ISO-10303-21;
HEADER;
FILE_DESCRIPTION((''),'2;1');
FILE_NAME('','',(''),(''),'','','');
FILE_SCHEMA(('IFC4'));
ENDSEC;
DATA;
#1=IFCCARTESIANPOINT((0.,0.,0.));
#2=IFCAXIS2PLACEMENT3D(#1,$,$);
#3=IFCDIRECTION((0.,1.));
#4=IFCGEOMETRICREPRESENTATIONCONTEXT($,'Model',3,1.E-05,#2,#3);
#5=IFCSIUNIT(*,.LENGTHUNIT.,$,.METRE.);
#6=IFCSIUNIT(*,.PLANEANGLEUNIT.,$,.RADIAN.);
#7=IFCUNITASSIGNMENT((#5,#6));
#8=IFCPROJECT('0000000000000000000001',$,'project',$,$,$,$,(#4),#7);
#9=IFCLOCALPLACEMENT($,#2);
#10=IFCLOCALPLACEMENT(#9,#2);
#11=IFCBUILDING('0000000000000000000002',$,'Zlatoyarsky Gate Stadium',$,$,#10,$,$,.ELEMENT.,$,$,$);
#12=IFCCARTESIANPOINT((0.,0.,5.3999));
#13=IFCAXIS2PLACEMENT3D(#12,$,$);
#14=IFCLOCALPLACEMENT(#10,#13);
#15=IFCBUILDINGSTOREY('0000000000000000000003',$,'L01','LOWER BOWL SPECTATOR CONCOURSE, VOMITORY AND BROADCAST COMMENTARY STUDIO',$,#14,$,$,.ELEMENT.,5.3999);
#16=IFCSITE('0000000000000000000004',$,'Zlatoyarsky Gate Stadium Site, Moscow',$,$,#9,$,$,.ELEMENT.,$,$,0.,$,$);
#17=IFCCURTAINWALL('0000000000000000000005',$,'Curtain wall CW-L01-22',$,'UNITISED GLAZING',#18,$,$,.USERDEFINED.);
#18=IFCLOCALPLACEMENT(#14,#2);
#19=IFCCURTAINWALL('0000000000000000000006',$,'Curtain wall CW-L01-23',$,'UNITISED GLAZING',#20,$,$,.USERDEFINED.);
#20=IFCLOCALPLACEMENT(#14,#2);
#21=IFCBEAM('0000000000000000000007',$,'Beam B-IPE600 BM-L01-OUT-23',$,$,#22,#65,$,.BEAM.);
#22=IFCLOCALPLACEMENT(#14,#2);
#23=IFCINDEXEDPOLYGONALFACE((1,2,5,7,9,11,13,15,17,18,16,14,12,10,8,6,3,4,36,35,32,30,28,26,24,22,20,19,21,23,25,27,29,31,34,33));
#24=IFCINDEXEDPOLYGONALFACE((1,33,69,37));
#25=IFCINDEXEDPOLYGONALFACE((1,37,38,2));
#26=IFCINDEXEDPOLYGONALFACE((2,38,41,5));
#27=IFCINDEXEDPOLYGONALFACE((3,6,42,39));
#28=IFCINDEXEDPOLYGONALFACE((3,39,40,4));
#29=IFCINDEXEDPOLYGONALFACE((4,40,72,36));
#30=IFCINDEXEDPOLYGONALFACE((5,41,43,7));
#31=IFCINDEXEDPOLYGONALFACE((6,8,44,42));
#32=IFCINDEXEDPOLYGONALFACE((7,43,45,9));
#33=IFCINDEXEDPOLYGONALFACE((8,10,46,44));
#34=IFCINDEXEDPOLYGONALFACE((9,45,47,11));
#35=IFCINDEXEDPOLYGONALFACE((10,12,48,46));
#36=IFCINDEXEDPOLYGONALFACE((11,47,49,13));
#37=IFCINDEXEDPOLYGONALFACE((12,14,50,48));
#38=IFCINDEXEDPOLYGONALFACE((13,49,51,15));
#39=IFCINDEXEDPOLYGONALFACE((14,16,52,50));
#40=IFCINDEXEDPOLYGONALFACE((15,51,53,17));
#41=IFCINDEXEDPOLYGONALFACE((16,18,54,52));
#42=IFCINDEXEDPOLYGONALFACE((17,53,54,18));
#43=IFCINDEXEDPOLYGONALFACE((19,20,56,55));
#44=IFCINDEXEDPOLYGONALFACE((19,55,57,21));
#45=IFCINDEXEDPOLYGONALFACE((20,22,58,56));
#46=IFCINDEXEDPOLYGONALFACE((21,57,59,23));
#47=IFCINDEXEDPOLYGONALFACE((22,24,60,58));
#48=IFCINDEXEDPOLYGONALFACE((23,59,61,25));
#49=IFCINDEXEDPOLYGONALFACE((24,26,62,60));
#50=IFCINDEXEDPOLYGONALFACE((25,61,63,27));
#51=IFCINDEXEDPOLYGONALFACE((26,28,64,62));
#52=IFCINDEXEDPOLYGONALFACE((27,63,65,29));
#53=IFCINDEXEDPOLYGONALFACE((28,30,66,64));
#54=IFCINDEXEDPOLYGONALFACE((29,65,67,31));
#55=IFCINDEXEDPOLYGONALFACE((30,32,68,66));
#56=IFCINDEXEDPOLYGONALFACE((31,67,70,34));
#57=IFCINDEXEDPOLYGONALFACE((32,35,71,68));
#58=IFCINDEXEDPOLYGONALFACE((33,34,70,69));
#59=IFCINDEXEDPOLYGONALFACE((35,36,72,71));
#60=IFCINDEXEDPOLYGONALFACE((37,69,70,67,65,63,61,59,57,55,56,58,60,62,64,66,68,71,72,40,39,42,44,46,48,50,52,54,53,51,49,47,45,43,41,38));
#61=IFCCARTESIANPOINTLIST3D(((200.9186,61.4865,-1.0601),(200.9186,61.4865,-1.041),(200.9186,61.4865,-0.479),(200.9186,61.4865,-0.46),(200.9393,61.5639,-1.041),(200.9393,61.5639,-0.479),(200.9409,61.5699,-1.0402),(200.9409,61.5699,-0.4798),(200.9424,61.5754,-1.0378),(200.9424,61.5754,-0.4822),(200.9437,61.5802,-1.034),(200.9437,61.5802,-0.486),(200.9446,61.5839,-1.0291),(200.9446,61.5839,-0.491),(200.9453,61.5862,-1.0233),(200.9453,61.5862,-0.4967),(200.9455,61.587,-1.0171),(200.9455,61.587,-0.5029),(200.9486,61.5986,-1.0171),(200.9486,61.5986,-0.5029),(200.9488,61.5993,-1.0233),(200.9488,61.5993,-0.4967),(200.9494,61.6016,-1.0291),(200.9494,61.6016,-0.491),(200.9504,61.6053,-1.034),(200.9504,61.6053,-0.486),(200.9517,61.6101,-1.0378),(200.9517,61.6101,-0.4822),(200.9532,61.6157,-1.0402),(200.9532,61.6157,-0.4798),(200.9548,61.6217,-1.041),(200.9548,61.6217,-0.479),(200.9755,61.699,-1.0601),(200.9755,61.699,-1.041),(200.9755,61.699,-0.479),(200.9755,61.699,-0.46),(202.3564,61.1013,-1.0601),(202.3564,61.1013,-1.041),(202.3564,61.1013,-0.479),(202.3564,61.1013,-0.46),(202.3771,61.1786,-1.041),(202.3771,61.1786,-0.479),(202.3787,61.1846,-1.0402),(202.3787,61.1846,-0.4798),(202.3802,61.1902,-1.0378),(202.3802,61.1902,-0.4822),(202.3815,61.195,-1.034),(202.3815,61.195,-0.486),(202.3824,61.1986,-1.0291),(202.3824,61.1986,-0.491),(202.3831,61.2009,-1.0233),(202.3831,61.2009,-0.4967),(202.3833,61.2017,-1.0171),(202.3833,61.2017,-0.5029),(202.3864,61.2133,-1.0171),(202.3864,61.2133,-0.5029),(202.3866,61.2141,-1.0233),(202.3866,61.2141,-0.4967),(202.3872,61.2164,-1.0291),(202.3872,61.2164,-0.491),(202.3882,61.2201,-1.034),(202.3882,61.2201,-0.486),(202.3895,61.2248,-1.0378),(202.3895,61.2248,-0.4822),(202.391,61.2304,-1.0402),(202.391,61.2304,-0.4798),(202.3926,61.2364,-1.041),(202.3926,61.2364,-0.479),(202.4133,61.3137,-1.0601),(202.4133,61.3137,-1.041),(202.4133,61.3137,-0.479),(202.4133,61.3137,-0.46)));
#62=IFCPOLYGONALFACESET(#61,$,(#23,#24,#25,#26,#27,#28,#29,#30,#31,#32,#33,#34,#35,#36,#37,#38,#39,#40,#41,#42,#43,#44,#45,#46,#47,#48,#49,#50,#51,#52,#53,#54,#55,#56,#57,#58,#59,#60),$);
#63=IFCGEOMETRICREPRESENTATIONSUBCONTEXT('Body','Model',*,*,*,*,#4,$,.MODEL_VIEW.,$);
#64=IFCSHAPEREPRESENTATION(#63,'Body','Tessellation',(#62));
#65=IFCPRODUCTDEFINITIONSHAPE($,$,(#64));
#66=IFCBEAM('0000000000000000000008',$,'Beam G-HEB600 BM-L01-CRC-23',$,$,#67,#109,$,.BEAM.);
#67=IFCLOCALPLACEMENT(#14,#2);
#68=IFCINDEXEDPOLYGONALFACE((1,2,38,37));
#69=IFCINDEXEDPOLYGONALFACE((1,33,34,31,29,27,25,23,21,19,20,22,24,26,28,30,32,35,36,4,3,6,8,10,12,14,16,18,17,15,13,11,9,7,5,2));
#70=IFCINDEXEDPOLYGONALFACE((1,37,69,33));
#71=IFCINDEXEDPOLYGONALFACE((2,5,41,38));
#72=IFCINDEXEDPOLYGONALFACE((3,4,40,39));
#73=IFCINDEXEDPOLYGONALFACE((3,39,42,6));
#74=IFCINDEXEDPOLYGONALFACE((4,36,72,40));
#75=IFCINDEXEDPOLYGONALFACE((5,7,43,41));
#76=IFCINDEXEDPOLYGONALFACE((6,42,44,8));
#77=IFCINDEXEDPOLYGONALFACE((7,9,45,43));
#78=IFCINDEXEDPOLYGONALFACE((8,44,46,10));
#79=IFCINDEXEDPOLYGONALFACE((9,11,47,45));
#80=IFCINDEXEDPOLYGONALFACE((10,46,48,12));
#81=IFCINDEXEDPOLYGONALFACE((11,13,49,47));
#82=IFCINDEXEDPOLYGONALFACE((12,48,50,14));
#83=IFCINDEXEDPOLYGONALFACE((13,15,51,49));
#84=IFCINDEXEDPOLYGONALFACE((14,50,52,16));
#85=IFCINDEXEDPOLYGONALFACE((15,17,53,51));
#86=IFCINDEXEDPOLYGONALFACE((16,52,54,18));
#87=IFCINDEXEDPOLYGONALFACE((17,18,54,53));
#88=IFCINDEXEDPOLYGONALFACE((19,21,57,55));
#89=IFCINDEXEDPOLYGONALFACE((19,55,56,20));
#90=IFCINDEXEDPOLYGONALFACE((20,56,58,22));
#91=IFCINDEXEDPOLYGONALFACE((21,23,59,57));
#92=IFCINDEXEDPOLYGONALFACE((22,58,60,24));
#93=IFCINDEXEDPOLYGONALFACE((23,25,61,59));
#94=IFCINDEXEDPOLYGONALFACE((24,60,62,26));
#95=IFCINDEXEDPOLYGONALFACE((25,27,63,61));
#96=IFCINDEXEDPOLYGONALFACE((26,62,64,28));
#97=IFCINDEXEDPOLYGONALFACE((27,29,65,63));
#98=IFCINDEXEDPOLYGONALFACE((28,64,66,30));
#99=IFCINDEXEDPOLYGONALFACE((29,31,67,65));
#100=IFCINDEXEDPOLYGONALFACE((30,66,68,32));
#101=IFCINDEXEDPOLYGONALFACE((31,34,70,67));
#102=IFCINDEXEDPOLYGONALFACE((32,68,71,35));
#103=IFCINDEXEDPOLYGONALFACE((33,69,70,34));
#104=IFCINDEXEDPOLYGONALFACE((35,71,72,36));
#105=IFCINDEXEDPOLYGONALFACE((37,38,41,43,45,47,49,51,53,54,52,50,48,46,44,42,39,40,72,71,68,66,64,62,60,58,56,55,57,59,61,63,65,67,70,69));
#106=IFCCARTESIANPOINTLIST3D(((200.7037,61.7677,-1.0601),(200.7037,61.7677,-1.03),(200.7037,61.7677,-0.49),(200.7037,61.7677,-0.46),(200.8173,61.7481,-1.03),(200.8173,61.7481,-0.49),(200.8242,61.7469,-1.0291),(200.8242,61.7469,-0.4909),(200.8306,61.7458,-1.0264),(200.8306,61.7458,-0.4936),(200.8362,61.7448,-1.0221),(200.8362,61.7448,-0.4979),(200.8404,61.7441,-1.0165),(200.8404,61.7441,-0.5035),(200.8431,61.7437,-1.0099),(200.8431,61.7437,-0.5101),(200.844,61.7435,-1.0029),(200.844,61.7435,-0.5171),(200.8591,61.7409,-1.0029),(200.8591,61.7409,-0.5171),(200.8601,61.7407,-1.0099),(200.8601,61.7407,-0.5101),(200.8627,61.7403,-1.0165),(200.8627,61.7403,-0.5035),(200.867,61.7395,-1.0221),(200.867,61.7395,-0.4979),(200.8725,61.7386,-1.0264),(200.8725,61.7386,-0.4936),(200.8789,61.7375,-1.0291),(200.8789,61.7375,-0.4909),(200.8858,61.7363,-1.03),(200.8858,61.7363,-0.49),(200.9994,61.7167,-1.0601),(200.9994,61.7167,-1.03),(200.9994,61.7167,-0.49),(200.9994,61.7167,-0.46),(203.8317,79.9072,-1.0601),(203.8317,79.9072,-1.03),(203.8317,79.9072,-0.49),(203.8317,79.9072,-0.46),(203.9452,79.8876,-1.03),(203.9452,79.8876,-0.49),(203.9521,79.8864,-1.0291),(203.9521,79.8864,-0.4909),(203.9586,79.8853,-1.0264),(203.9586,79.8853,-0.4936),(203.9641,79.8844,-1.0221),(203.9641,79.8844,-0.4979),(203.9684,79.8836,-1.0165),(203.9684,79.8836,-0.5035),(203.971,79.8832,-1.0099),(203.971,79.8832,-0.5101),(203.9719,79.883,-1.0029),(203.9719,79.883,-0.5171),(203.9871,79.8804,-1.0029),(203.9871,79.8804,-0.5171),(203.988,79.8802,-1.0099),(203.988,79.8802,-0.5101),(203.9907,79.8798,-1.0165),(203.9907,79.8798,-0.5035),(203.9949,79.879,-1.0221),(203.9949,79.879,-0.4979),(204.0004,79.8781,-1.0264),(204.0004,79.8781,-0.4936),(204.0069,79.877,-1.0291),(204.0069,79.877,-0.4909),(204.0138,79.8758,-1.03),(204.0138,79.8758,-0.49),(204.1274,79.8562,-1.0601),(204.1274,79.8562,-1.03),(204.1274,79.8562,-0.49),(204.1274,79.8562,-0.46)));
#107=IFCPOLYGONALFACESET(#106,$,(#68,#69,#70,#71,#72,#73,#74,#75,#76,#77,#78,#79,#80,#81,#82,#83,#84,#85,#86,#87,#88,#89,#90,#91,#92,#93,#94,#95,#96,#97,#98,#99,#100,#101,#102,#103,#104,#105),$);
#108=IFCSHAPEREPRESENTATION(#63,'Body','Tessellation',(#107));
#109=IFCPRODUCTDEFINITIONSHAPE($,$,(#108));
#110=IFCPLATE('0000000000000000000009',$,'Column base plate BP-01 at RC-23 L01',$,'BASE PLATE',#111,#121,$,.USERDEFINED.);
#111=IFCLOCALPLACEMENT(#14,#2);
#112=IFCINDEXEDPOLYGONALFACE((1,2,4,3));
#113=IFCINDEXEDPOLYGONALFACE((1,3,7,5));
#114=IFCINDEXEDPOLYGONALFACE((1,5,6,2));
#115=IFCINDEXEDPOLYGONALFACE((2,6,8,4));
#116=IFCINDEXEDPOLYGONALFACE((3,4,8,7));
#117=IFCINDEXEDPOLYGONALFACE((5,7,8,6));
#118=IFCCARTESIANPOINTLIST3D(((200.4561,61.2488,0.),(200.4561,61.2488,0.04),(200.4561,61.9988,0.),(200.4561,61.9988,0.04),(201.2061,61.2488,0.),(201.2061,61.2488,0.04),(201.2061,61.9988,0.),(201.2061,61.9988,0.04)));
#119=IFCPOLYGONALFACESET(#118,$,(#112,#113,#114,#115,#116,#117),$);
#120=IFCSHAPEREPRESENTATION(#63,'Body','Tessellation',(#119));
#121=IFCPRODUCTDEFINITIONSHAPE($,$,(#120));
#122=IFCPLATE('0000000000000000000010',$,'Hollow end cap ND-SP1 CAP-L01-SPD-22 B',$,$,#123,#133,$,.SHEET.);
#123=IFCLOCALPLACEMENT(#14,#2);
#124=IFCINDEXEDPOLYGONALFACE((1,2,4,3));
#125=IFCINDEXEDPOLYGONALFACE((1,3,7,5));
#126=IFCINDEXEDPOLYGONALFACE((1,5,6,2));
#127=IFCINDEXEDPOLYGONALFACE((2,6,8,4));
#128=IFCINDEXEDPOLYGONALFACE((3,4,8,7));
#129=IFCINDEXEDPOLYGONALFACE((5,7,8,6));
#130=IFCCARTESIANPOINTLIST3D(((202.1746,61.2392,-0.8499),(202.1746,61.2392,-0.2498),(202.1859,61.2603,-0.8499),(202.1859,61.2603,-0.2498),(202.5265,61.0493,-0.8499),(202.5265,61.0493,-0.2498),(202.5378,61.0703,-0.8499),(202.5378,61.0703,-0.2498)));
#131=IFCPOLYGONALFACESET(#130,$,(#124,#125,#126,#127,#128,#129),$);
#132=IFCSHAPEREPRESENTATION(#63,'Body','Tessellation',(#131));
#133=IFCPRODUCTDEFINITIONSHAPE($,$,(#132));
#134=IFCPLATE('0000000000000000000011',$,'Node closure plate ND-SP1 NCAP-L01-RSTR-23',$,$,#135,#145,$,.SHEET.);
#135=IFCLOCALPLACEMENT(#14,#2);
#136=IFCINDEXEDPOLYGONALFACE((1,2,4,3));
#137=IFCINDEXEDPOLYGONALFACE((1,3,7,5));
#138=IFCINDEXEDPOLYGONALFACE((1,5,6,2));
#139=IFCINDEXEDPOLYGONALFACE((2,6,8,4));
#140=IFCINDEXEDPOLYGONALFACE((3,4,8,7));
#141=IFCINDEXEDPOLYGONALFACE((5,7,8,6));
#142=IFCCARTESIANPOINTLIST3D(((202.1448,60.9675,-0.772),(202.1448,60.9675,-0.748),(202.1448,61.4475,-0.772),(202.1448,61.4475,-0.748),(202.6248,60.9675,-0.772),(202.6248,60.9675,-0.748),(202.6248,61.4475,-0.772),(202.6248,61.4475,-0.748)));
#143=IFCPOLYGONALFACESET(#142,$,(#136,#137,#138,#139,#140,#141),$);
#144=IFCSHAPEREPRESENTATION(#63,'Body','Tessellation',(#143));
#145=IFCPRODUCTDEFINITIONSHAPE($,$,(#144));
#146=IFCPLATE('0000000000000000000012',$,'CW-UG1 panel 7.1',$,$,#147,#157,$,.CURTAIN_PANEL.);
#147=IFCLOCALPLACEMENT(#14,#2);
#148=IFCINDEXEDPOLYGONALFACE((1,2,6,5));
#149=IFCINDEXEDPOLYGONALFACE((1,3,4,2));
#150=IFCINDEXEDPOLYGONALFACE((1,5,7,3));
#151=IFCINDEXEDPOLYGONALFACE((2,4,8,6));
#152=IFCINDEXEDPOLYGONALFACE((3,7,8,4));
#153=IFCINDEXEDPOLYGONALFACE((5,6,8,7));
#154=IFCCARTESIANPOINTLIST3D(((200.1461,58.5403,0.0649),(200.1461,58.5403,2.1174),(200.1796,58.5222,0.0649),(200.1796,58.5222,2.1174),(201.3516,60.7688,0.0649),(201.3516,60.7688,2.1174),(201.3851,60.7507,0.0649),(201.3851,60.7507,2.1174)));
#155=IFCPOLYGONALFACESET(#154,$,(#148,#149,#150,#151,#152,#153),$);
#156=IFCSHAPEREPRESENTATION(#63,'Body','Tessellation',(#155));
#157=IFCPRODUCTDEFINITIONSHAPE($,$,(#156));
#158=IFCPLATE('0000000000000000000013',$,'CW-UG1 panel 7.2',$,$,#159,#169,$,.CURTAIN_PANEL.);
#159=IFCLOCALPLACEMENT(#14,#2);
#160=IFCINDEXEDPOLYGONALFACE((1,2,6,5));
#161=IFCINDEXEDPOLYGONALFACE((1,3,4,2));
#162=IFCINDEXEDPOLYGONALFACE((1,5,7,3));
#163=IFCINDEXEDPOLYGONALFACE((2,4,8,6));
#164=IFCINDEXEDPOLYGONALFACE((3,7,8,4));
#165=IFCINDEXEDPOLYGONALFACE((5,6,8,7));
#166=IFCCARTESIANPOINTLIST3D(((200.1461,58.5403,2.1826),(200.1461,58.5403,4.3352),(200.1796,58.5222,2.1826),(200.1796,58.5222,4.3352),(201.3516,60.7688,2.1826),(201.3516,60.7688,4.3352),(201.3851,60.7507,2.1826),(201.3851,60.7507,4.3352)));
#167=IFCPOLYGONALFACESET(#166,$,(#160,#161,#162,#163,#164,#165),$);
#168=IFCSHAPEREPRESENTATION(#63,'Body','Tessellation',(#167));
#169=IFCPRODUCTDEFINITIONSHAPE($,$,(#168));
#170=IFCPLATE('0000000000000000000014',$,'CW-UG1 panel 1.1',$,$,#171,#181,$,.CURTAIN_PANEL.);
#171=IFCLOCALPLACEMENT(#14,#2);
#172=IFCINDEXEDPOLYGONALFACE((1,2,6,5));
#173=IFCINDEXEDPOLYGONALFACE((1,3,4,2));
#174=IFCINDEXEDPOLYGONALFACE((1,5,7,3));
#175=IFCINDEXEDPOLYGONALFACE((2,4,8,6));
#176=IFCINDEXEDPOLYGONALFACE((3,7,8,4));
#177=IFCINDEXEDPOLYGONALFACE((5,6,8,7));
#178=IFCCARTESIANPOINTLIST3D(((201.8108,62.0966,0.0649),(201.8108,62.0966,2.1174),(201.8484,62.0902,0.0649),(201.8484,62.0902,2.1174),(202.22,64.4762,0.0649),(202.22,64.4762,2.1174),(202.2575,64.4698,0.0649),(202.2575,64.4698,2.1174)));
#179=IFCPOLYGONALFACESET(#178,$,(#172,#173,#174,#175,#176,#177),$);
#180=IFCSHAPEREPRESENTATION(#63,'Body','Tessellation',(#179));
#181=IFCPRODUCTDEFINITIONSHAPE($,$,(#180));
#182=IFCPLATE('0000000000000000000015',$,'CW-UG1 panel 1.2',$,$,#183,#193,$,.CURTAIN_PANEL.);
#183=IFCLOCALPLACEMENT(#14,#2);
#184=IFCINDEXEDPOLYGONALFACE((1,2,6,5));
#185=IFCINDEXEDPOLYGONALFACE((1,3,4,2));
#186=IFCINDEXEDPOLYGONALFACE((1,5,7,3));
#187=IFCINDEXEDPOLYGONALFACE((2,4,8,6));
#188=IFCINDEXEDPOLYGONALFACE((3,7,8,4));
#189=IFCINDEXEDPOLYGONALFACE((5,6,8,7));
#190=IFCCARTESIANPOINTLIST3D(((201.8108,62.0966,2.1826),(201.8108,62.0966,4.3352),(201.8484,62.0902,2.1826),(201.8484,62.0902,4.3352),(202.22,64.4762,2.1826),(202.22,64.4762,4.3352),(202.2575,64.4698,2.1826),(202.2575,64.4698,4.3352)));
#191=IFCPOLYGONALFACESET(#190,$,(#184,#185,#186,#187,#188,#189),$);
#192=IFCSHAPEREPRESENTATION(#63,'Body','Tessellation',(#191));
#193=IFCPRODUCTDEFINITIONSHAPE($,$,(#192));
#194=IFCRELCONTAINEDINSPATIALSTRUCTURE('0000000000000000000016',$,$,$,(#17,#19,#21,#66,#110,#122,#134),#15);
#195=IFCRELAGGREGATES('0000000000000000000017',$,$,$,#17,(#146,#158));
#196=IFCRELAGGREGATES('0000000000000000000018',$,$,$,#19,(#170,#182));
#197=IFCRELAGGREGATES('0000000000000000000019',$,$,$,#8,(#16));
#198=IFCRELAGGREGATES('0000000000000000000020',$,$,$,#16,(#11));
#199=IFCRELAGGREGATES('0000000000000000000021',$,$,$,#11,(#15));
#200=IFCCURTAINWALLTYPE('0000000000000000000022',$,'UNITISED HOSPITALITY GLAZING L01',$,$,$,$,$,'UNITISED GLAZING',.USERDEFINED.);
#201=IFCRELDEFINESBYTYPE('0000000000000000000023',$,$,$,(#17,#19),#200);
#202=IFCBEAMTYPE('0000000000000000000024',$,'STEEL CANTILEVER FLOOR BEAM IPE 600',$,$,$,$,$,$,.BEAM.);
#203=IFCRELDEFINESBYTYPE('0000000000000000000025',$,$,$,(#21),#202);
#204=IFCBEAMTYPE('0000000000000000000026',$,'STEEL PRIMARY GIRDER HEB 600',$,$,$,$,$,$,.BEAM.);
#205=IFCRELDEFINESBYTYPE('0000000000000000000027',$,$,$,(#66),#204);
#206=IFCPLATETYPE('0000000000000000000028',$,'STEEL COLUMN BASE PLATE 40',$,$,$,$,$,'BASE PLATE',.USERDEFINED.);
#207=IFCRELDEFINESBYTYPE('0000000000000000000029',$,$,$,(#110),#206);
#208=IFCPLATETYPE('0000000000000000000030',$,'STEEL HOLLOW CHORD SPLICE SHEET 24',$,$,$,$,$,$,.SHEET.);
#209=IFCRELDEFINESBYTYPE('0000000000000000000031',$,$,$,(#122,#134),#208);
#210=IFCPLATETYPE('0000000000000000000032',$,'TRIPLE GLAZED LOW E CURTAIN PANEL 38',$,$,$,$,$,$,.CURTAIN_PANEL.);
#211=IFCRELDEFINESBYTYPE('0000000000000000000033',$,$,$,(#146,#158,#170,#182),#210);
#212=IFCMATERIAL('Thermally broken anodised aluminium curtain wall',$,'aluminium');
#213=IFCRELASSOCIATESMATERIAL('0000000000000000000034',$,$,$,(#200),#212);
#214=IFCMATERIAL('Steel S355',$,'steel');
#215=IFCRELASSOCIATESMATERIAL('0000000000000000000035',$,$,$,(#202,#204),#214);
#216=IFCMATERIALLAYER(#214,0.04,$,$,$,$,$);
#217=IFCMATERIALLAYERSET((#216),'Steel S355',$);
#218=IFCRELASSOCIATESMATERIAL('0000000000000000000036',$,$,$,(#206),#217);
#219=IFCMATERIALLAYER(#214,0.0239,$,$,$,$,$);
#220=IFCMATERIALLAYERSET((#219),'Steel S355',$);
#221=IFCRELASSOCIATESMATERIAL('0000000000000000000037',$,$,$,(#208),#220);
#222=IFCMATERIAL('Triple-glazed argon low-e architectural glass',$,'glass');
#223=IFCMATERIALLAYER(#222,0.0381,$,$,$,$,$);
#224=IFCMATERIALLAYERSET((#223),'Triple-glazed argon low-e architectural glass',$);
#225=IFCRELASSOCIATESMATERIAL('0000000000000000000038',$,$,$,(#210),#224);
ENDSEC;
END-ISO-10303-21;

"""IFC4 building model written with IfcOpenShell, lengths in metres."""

from ifc_helpers import new_model, si_unit, direction, frame, origin, origin_2d, place, context, subcontext, project, spatial, rectangle, i_section, extrude, material, layer, layer_set, material_profile, profile_set, type_object, element, aggregate, save


model = new_model("IFC4")

# Units and contexts
model_context = context("Model", 3, precision=1e-05, world=origin(), true_north=direction((0.0, 1.0)))
body_context = subcontext(model_context, "Body", "Model", "MODEL_VIEW")
ifc_project = project(units=[si_unit("LENGTHUNIT", "METRE"), si_unit("PLANEANGLEUNIT", "RADIAN")], contexts=[model_context])

# Site, building, storey
site_placement = place(None, origin())
site = spatial("IfcSite", under=ifc_project, at=site_placement, Name="Zlatoyarsky Gate Stadium Site, Moscow", CompositionType="ELEMENT", RefElevation=0.0)
building_placement = place(site_placement, origin())
building = spatial("IfcBuilding", under=site, at=building_placement, Name="Zlatoyarsky Gate Stadium", CompositionType="ELEMENT")
storey_placement = place(building_placement, frame((0.0, 0.0, 5.3999)))
storey = spatial("IfcBuildingStorey", under=building, at=storey_placement, Name="L01", Description="LOWER BOWL SPECTATOR CONCOURSE, VOMITORY AND BROADCAST COMMENTARY STUDIO", CompositionType="ELEMENT", Elevation=5.3999)

# Shared definitions
ifc_material_1 = material(Name="Steel S355", Category="steel")

# Curtain wall
ifc_material_2 = material(Name="Thermally broken anodised aluminium curtain wall", Category="aluminium")
curtain_wall_type = type_object("IfcCurtainWallType", Name="UNITISED HOSPITALITY GLAZING L01", ElementType="UNITISED GLAZING", PredefinedType="USERDEFINED", material=ifc_material_2)
curtain_wall_1_placement = place(storey_placement, origin())
curtain_wall_1 = element("IfcCurtainWall", 1, at=curtain_wall_1_placement, inside=storey, type_object=curtain_wall_type, Name="Curtain wall CW-L01-22", ObjectType="UNITISED GLAZING", PredefinedType="USERDEFINED")

# Curtain wall
curtain_wall_2_placement = place(storey_placement, origin())
curtain_wall_2 = element("IfcCurtainWall", 2, at=curtain_wall_2_placement, inside=storey, type_object=curtain_wall_type, Name="Curtain wall CW-L01-23", ObjectType="UNITISED GLAZING", PredefinedType="USERDEFINED")

# Beams
ifc_material_profile_1 = material_profile(ifc_material_1, i_section(OverallWidth=0.22, OverallDepth=0.6001, WebThickness=0.012, FlangeThickness=0.019, FilletRadius=0.0239, at=origin_2d()), Name="IPE 600")
ifc_profile_set_1 = profile_set([ifc_material_profile_1], Name="Steel S355")
beam_type_1 = type_object("IfcBeamType", Name="STEEL CANTILEVER FLOOR BEAM IPE 600", PredefinedType="BEAM", material=ifc_profile_set_1)
beam_1_placement = place(storey_placement, frame((200.947, 61.5928, -0.76), z_axis=(0.965924, -0.258826, 0.0), x_axis=(0.258826, 0.965924, 0.0)))
element("IfcBeam", 3, at=beam_1_placement, inside=storey, type_object=beam_type_1, Name="Beam B-IPE600 BM-L01-OUT-23", PredefinedType="BEAM", context=body_context, shape_type="SweptSolid", body=[
    extrude(i_section(OverallWidth=0.22, OverallDepth=0.6001, WebThickness=0.012, FlangeThickness=0.019, FilletRadius=0.0239, at=origin_2d()), origin(), (0.0, 0.0, 1.0), 1.4885),
])
ifc_material_profile_2 = material_profile(ifc_material_1, i_section(OverallWidth=0.3, OverallDepth=0.6001, WebThickness=0.0154, FlangeThickness=0.03, FilletRadius=0.0271, at=origin_2d()), Name="HEB 600")
ifc_profile_set_2 = profile_set([ifc_material_profile_2], Name="Steel S355")
beam_type_2 = type_object("IfcBeamType", Name="STEEL PRIMARY GIRDER HEB 600", PredefinedType="BEAM", material=ifc_profile_set_2)
beam_2_placement = place(storey_placement, frame((200.8516, 61.7422, -0.76), z_axis=(0.16993, 0.985456, 0.0), x_axis=(-0.985456, 0.16993, 0.0)))
element("IfcBeam", 4, at=beam_2_placement, inside=storey, type_object=beam_type_2, Name="Beam G-HEB600 BM-L01-CRC-23", PredefinedType="BEAM", context=body_context, shape_type="SweptSolid", body=[
    extrude(i_section(OverallWidth=0.3, OverallDepth=0.6001, WebThickness=0.0154, FlangeThickness=0.03, FilletRadius=0.0271, at=origin_2d()), origin(), (0.0, 0.0, 1.0), 18.4072),
])

# Plates
ifc_layer_1 = layer(ifc_material_1, 0.04)
ifc_layer_set_1 = layer_set([ifc_layer_1], Name="Steel S355")
plate_type_1 = type_object("IfcPlateType", Name="STEEL COLUMN BASE PLATE 40", ElementType="BASE PLATE", PredefinedType="USERDEFINED", material=ifc_layer_set_1)
plate_1_placement = place(storey_placement, frame((200.8311, 61.6238, 0.0), z_axis=(0.0, 0.0, 1.0), x_axis=(1.0, 0.0, 0.0)))
element("IfcPlate", 5, at=plate_1_placement, inside=storey, type_object=plate_type_1, Name="Column base plate BP-01 at RC-23 L01", ObjectType="BASE PLATE", PredefinedType="USERDEFINED", context=body_context, shape_type="SweptSolid", body=[
    extrude(rectangle(XDim=0.75, YDim=0.75, at=origin_2d()), origin(), (0.0, 0.0, 1.0), 0.04),
])
ifc_layer_2 = layer(ifc_material_1, 0.0239)
ifc_layer_set_2 = layer_set([ifc_layer_2], Name="Steel S355")
plate_type_2 = type_object("IfcPlateType", Name="STEEL HOLLOW CHORD SPLICE SHEET 24", PredefinedType="SHEET", material=ifc_layer_set_2)
plate_2_placement = place(storey_placement, frame((202.3562, 61.1548, -0.8499), z_axis=(0.0, 0.0, 1.0), x_axis=(0.474955, 0.88001, 0.0)))
element("IfcPlate", 6, at=plate_2_placement, inside=storey, type_object=plate_type_2, Name="Hollow end cap ND-SP1 CAP-L01-SPD-22 B", PredefinedType="SHEET", context=body_context, shape_type="SweptSolid", body=[
    extrude(rectangle(XDim=0.0239, YDim=0.3999, at=origin_2d()), origin(), (0.0, 0.0, 1.0), 0.6001),
])
plate_3_placement = place(storey_placement, frame((202.3848, 61.2075, -0.772), z_axis=(0.0, 0.0, 1.0), x_axis=(1.0, 0.0, 0.0)))
element("IfcPlate", 7, at=plate_3_placement, inside=storey, type_object=plate_type_2, Name="Node closure plate ND-SP1 NCAP-L01-RSTR-23", PredefinedType="SHEET", context=body_context, shape_type="SweptSolid", body=[
    extrude(rectangle(XDim=0.48, YDim=0.48, at=origin_2d()), origin(), (0.0, 0.0, 1.0), 0.0239),
])

# Plates
ifc_material_3 = material(Name="Triple-glazed argon low-e architectural glass", Category="glass")
ifc_layer_3 = layer(ifc_material_3, 0.0381)
ifc_layer_set_3 = layer_set([ifc_layer_3], Name="Triple-glazed argon low-e architectural glass")
plate_type_3 = type_object("IfcPlateType", Name="TRIPLE GLAZED LOW E CURTAIN PANEL 38", PredefinedType="CURTAIN_PANEL", material=ifc_layer_set_3)
plate_4_placement = place(storey_placement, frame((200.7656, 59.6455, 0.0649), z_axis=(0.0, 0.0, 1.0), x_axis=(0.475784, 0.879562, 0.0)))
plate_4 = element("IfcPlate", 8, at=plate_4_placement, type_object=plate_type_3, Name="CW-UG1 panel 7.1", PredefinedType="CURTAIN_PANEL", context=body_context, shape_type="SweptSolid", body=[
    extrude(rectangle(XDim=2.5337, YDim=0.0381, at=origin_2d()), origin(), (0.0, 0.0, 1.0), 2.0525),
])
plate_5_placement = place(storey_placement, frame((200.7656, 59.6455, 2.1826), z_axis=(0.0, 0.0, 1.0), x_axis=(0.475784, 0.879562, 0.0)))
plate_5 = element("IfcPlate", 9, at=plate_5_placement, type_object=plate_type_3, Name="CW-UG1 panel 7.2", PredefinedType="CURTAIN_PANEL", context=body_context, shape_type="SweptSolid", body=[
    extrude(rectangle(XDim=2.5337, YDim=0.0381, at=origin_2d()), origin(), (0.0, 0.0, 1.0), 2.1526),
])
aggregate(curtain_wall_1, [plate_4, plate_5])
plate_6_placement = place(storey_placement, frame((202.0342, 63.2832, 0.0649), z_axis=(0.0, 0.0, 1.0), x_axis=(0.169451, 0.985539, 0.0)))
plate_6 = element("IfcPlate", 10, at=plate_6_placement, type_object=plate_type_3, Name="CW-UG1 panel 1.1", PredefinedType="CURTAIN_PANEL", context=body_context, shape_type="SweptSolid", body=[
    extrude(rectangle(XDim=2.4146, YDim=0.0381, at=origin_2d()), origin(), (0.0, 0.0, 1.0), 2.0525),
])
plate_7_placement = place(storey_placement, frame((202.0342, 63.2832, 2.1826), z_axis=(0.0, 0.0, 1.0), x_axis=(0.169451, 0.985539, 0.0)))
plate_7 = element("IfcPlate", 11, at=plate_7_placement, type_object=plate_type_3, Name="CW-UG1 panel 1.2", PredefinedType="CURTAIN_PANEL", context=body_context, shape_type="SweptSolid", body=[
    extrude(rectangle(XDim=2.4146, YDim=0.0381, at=origin_2d()), origin(), (0.0, 0.0, 1.0), 2.1526),
])
aggregate(curtain_wall_2, [plate_6, plate_7])

save(model, "model.ifc")
